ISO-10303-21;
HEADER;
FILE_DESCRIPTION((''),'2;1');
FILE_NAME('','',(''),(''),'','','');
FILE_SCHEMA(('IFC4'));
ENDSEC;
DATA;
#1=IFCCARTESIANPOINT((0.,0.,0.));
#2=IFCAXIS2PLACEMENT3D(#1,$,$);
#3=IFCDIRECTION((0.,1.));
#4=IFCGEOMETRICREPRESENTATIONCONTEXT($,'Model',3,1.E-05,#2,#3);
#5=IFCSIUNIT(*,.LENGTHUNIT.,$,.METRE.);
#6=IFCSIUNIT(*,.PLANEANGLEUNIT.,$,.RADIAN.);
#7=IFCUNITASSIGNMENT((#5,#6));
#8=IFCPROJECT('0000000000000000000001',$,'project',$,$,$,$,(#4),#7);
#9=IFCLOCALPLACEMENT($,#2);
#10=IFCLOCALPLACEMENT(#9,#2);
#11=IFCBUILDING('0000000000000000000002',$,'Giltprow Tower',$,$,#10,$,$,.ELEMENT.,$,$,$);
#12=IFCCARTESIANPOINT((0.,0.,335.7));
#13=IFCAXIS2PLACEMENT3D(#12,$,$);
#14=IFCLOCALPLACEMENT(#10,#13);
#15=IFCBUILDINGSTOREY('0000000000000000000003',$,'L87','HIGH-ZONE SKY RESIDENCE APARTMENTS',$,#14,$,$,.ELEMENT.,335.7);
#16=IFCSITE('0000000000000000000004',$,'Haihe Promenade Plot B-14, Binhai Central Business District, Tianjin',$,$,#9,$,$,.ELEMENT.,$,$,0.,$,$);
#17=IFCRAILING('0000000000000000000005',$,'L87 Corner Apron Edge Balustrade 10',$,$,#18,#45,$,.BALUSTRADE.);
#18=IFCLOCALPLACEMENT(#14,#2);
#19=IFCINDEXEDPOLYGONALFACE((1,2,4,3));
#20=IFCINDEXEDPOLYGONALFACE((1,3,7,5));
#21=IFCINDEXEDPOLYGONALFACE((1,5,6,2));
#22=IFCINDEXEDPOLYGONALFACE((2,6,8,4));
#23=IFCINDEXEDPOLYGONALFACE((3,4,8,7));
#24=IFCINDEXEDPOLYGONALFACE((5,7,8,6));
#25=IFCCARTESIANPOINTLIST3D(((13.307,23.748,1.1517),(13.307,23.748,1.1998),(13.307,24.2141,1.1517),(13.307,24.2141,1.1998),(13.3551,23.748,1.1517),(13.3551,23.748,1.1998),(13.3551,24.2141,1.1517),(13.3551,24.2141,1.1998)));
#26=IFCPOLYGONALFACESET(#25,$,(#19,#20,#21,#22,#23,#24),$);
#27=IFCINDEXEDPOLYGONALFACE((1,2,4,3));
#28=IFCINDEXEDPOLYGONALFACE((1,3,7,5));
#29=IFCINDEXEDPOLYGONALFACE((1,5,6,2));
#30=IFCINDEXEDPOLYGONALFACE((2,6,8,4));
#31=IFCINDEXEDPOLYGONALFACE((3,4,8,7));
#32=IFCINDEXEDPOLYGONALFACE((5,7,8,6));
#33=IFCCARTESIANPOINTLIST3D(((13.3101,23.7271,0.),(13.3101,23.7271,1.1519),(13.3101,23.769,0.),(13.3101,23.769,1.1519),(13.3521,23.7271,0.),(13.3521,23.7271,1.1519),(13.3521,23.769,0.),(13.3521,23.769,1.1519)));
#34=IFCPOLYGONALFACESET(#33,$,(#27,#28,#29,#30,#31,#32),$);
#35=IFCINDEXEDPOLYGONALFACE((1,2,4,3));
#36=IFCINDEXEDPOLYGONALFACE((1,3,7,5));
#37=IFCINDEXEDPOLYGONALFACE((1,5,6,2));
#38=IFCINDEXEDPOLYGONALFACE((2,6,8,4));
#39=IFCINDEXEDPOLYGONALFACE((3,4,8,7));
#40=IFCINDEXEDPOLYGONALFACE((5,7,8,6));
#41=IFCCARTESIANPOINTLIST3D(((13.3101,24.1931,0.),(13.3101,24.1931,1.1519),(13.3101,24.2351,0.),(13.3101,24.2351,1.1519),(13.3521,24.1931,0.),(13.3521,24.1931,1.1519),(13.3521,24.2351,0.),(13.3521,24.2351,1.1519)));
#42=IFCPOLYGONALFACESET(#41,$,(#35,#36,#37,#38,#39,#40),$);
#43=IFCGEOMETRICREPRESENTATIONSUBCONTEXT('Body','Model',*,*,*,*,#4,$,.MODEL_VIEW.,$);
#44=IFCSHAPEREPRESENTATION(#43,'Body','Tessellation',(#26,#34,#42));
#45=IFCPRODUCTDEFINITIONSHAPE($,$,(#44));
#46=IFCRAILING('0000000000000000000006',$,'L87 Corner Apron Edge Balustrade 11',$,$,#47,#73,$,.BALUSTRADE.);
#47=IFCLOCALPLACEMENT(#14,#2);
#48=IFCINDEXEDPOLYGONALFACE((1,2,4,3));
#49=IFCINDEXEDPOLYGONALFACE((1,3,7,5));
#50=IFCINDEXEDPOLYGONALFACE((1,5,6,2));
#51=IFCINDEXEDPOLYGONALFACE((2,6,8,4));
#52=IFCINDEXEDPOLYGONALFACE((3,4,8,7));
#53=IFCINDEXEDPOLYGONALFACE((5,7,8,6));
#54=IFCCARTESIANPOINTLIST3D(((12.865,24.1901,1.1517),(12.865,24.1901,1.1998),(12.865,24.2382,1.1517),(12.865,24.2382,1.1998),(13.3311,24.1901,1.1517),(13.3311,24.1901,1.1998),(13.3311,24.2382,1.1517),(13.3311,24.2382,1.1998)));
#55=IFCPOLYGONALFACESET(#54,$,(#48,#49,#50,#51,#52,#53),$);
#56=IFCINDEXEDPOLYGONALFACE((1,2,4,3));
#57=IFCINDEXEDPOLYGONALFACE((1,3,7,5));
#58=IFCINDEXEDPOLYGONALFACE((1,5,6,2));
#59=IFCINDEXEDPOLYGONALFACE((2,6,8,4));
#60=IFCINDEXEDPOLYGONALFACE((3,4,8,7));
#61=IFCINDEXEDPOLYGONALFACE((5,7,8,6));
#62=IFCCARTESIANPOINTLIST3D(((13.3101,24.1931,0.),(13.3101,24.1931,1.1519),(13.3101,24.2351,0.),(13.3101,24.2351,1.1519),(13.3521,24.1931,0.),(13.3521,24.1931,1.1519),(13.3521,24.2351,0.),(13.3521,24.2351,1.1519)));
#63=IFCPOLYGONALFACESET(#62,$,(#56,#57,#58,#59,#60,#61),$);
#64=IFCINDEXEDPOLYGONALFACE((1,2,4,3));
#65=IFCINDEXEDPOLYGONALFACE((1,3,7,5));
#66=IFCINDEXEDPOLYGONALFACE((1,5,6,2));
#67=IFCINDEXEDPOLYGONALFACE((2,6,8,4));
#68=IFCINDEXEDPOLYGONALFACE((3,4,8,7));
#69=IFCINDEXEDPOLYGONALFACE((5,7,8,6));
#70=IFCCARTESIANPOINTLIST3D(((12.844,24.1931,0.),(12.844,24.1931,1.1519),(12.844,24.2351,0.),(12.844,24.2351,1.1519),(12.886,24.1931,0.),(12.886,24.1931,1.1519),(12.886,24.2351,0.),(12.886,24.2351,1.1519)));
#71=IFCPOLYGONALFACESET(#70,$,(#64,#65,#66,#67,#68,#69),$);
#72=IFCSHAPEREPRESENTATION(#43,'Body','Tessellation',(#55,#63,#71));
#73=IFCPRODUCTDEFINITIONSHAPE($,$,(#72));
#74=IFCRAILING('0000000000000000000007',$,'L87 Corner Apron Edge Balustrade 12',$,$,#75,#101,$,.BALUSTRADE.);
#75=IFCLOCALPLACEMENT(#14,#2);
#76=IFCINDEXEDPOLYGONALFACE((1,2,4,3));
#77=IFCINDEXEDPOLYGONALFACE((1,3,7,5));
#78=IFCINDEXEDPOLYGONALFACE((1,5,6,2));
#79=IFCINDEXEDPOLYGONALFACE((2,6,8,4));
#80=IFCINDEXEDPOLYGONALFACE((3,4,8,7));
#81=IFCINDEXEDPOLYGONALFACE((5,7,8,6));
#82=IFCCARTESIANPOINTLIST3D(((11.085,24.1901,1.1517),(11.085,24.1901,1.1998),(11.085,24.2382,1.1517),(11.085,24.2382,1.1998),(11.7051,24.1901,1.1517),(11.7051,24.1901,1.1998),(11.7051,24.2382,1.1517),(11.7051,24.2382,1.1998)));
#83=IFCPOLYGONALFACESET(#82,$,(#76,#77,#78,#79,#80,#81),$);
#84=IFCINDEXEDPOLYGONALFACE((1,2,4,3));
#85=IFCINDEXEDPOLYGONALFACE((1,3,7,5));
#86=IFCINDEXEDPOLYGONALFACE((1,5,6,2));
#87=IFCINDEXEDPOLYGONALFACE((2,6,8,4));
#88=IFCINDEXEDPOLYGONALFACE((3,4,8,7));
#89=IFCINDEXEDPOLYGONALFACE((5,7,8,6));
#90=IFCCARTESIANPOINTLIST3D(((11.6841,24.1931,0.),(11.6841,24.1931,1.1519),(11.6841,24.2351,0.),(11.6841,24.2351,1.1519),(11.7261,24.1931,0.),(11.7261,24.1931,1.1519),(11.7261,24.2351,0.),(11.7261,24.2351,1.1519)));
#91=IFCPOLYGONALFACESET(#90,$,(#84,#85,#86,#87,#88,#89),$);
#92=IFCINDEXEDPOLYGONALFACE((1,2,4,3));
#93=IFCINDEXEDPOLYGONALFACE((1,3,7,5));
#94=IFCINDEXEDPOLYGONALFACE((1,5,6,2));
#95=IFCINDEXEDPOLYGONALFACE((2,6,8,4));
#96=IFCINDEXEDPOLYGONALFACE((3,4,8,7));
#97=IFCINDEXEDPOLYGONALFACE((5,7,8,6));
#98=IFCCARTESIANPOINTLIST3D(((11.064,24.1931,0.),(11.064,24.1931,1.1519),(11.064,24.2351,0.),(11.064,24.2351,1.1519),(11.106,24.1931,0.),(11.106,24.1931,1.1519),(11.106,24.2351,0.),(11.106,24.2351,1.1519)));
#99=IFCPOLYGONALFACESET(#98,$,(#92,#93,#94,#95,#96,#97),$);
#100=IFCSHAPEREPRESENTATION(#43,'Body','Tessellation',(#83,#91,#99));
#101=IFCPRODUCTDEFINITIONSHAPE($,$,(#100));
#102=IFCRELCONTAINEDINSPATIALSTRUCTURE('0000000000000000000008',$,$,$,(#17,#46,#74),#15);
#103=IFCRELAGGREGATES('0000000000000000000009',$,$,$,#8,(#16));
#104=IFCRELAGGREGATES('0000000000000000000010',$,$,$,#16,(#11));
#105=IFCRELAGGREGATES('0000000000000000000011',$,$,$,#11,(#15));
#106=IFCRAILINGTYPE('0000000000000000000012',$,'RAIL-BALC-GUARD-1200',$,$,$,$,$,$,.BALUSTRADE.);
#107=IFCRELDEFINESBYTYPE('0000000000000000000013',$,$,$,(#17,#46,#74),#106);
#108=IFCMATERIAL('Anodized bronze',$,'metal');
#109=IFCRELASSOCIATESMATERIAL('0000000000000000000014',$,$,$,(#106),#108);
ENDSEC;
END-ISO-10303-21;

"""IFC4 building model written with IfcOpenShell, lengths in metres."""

from ifc_helpers import new_model, si_unit, direction, frame, origin, origin_2d, place, context, subcontext, project, spatial, rectangle, extrude, material, type_object, element, save


model = new_model("IFC4")

# Units and contexts
model_context = context("Model", 3, precision=1e-05, world=origin(), true_north=direction((0.0, 1.0)))
body_context = subcontext(model_context, "Body", "Model", "MODEL_VIEW")
ifc_project = project(units=[si_unit("LENGTHUNIT", "METRE"), si_unit("PLANEANGLEUNIT", "RADIAN")], contexts=[model_context])

# Site, building, storey
site_placement = place(None, origin())
site = spatial("IfcSite", under=ifc_project, at=site_placement, Name="Haihe Promenade Plot B-14, Binhai Central Business District, Tianjin", CompositionType="ELEMENT", RefElevation=0.0)
building_placement = place(site_placement, origin())
building = spatial("IfcBuilding", under=site, at=building_placement, Name="Giltprow Tower", CompositionType="ELEMENT")
storey_placement = place(building_placement, frame((0.0, 0.0, 335.7)))
storey = spatial("IfcBuildingStorey", under=building, at=storey_placement, Name="L87", Description="HIGH-ZONE SKY RESIDENCE APARTMENTS", CompositionType="ELEMENT", Elevation=335.7)

# Railings
ifc_material_1 = material(Name="Anodized bronze", Category="metal")
railing_type = type_object("IfcRailingType", Name="RAIL-BALC-GUARD-1200", PredefinedType="BALUSTRADE", material=ifc_material_1)
railing_1_placement = place(storey_placement, frame((13.3311, 23.748, 0.0)))
element("IfcRailing", 1, at=railing_1_placement, inside=storey, type_object=railing_type, Name="L87 Corner Apron Edge Balustrade 10", PredefinedType="BALUSTRADE", context=body_context, shape_type="SweptSolid", body=[
    extrude(rectangle(XDim=0.0481, YDim=0.0481, at=origin_2d()), frame((0.0, 0.0, 1.1758), z_axis=(0.0, 1.0, 0.0), x_axis=(-1.0, 0.0, 0.0)), (0.0, 0.0, 1.0), 0.4661),
    extrude(rectangle(XDim=0.042, YDim=0.042, at=origin_2d()), origin(), (0.0, 0.0, 1.0), 1.1519),
    extrude(rectangle(XDim=0.042, YDim=0.042, at=origin_2d()), frame((0.0, 0.4661, 0.0)), (0.0, 0.0, 1.0), 1.1519),
])
railing_2_placement = place(storey_placement, frame((13.3311, 24.2141, 0.0)))
element("IfcRailing", 2, at=railing_2_placement, inside=storey, type_object=railing_type, Name="L87 Corner Apron Edge Balustrade 11", PredefinedType="BALUSTRADE", context=body_context, shape_type="SweptSolid", body=[
    extrude(rectangle(XDim=0.0481, YDim=0.0481, at=origin_2d()), frame((0.0, 0.0, 1.1758), z_axis=(-1.0, 0.0, 0.0), x_axis=(0.0, -1.0, 0.0)), (0.0, 0.0, 1.0), 0.4661),
    extrude(rectangle(XDim=0.042, YDim=0.042, at=origin_2d()), origin(), (0.0, 0.0, 1.0), 1.1519),
    extrude(rectangle(XDim=0.042, YDim=0.042, at=origin_2d()), frame((-0.4661, 0.0, 0.0)), (0.0, 0.0, 1.0), 1.1519),
])
railing_3_placement = place(storey_placement, frame((11.7051, 24.2141, 0.0)))
element("IfcRailing", 3, at=railing_3_placement, inside=storey, type_object=railing_type, Name="L87 Corner Apron Edge Balustrade 12", PredefinedType="BALUSTRADE", context=body_context, shape_type="SweptSolid", body=[
    extrude(rectangle(XDim=0.0481, YDim=0.0481, at=origin_2d()), frame((0.0, 0.0, 1.1758), z_axis=(-1.0, 0.0, 0.0), x_axis=(0.0, -1.0, 0.0)), (0.0, 0.0, 1.0), 0.6201),
    extrude(rectangle(XDim=0.042, YDim=0.042, at=origin_2d()), origin(), (0.0, 0.0, 1.0), 1.1519),
    extrude(rectangle(XDim=0.042, YDim=0.042, at=origin_2d()), frame((-0.6201, 0.0, 0.0)), (0.0, 0.0, 1.0), 1.1519),
])

save(model, "model.ifc")
